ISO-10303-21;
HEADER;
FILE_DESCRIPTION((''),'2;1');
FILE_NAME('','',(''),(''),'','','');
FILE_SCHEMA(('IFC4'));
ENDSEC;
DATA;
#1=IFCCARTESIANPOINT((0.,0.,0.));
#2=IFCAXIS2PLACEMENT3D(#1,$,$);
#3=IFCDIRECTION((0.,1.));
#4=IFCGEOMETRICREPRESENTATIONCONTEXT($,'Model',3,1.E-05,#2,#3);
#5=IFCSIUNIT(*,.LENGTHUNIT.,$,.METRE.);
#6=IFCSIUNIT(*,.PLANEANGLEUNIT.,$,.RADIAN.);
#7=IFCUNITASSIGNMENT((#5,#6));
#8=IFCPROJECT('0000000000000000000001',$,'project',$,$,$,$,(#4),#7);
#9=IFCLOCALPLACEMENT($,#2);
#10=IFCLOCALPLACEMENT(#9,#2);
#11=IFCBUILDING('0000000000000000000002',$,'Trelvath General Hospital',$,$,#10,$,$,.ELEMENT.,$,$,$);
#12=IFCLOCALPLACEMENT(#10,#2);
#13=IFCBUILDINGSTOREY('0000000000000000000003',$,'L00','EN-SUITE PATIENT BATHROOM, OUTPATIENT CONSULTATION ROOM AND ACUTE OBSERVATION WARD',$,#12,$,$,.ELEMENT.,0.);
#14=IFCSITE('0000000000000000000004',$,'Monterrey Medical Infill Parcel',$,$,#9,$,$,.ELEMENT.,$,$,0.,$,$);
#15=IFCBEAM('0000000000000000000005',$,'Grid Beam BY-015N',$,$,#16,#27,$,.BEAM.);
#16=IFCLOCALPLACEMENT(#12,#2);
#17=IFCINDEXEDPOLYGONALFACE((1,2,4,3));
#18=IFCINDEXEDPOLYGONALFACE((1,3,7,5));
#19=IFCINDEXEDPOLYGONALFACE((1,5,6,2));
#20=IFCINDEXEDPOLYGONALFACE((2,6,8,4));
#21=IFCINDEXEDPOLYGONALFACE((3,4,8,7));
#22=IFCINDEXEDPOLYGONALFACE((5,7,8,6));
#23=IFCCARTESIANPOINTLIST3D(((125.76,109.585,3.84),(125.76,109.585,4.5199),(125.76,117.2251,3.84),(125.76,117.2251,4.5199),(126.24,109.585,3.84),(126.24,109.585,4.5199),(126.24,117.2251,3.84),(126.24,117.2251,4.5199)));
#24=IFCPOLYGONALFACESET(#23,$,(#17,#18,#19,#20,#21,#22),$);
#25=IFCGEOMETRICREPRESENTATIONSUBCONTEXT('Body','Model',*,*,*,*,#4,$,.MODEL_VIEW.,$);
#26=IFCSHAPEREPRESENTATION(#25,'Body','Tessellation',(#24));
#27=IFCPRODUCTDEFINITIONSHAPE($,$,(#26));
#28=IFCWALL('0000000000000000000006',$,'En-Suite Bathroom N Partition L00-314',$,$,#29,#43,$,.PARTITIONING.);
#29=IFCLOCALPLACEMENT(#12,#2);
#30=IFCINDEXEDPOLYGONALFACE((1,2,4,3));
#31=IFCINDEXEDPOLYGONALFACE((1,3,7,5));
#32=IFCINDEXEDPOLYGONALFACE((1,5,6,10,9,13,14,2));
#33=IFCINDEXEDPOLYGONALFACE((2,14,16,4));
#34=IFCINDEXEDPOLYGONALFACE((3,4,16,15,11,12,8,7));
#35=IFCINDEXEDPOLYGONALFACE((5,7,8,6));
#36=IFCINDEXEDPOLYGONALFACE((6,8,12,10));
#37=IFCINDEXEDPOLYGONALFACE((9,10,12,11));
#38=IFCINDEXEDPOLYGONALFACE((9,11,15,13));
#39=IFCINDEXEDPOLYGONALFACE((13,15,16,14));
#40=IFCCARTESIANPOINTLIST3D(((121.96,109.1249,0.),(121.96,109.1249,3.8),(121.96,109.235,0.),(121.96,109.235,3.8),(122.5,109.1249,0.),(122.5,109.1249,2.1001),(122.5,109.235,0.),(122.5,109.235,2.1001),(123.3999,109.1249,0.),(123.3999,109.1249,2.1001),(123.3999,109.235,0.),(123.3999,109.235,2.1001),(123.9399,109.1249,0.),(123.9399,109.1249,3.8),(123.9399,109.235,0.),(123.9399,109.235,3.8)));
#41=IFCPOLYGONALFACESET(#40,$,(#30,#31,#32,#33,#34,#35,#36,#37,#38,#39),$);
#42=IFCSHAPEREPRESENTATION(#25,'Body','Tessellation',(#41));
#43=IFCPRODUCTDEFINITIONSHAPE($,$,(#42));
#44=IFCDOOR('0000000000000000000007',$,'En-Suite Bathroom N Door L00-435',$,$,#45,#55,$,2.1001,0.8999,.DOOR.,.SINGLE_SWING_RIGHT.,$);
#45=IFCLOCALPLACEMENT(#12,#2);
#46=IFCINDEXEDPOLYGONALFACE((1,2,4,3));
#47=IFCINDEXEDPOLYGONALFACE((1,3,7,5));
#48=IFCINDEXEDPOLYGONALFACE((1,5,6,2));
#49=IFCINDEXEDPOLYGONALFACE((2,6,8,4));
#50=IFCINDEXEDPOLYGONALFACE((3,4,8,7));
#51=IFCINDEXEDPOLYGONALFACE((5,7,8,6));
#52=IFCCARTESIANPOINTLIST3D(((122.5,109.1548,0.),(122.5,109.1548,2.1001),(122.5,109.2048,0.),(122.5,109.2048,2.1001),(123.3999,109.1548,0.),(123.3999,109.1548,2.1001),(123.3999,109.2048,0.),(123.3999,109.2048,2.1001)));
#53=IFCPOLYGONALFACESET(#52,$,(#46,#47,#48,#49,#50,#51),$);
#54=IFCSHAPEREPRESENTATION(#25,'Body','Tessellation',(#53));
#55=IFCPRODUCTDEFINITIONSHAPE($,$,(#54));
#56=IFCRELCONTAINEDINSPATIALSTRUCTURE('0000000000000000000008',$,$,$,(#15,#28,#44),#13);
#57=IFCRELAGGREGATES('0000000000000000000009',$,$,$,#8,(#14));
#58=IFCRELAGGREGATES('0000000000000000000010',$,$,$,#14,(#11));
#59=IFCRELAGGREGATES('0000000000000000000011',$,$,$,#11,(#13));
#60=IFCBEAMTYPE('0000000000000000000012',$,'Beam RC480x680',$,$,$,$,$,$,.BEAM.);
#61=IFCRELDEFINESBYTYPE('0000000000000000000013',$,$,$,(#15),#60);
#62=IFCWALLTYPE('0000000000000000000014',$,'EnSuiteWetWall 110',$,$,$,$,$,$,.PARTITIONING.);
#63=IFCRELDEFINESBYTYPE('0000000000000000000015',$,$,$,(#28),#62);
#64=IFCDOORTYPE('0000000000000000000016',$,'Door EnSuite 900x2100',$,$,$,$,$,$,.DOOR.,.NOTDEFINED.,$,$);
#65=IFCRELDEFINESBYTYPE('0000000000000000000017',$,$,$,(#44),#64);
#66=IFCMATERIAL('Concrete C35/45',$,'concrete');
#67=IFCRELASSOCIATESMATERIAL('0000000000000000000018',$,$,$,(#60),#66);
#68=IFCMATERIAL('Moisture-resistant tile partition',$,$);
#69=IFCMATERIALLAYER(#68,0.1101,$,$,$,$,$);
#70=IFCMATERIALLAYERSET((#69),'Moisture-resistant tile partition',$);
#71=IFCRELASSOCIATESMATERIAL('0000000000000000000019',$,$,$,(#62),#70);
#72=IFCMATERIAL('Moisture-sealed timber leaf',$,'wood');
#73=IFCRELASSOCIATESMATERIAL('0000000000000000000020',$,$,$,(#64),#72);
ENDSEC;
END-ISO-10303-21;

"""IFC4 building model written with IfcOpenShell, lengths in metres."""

from ifc_helpers import new_model, si_unit, direction, frame, frame_2d, origin, origin_2d, place, context, subcontext, project, spatial, rectangle, extrude, material, layer, layer_set, material_profile, profile_set, type_object, element, fill, save


model = new_model("IFC4")

# Units and contexts
model_context = context("Model", 3, precision=1e-05, world=origin(), true_north=direction((0.0, 1.0)))
body_context = subcontext(model_context, "Body", "Model", "MODEL_VIEW")
ifc_project = project(units=[si_unit("LENGTHUNIT", "METRE"), si_unit("PLANEANGLEUNIT", "RADIAN")], contexts=[model_context])

# Site, building, storey
site_placement = place(None, origin())
site = spatial("IfcSite", under=ifc_project, at=site_placement, Name="Monterrey Medical Infill Parcel", CompositionType="ELEMENT", RefElevation=0.0)
building_placement = place(site_placement, origin())
building = spatial("IfcBuilding", under=site, at=building_placement, Name="Trelvath General Hospital", CompositionType="ELEMENT")
storey_placement = place(building_placement, origin())
storey = spatial("IfcBuildingStorey", under=building, at=storey_placement, Name="L00", Description="EN-SUITE PATIENT BATHROOM, OUTPATIENT CONSULTATION ROOM AND ACUTE OBSERVATION WARD", CompositionType="ELEMENT", Elevation=0.0)

# Beam
ifc_material_1 = material(Name="Concrete C35/45", Category="concrete")
ifc_material_profile_1 = material_profile(ifc_material_1, rectangle(XDim=0.48, YDim=0.6799, at=origin_2d()), Name="RCB480x680")
ifc_profile_set_1 = profile_set([ifc_material_profile_1], Name="Concrete C35/45")
beam_type_1 = type_object("IfcBeamType", Name="Beam RC480x680", PredefinedType="BEAM", material=ifc_profile_set_1)
beam_1_placement = place(storey_placement, frame((126.0, 109.585, 4.1799), z_axis=(0.0, 1.0, 0.0), x_axis=(-1.0, 0.0, 0.0)))
element("IfcBeam", 1, at=beam_1_placement, inside=storey, type_object=beam_type_1, Name="Grid Beam BY-015N", PredefinedType="BEAM", context=body_context, shape_type="SweptSolid", body=[
    extrude(rectangle(XDim=0.48, YDim=0.6799, at=origin_2d()), origin(), (0.0, 0.0, 1.0), 7.6401),
])

# Wall, opening, door
ifc_material_2 = material(Name="Moisture-resistant tile partition")
ifc_layer_1 = layer(ifc_material_2, 0.1101)
ifc_layer_set_1 = layer_set([ifc_layer_1], Name="Moisture-resistant tile partition")
wall_type_1 = type_object("IfcWallType", Name="EnSuiteWetWall 110", PredefinedType="PARTITIONING", material=ifc_layer_set_1)
wall_1_placement = place(storey_placement, frame((121.96, 109.1799, 0.0), z_axis=(0.0, 0.0, 1.0), x_axis=(1.0, 0.0, 0.0)))
wall_1 = element("IfcWall", 2, at=wall_1_placement, inside=storey, type_object=wall_type_1, Name="En-Suite Bathroom N Partition L00-314", PredefinedType="PARTITIONING", context=body_context, shape_type="SweptSolid", body=[
    extrude(rectangle(XDim=1.98, YDim=0.1101, at=frame_2d((0.99, 0.0))), origin(), (0.0, 0.0, 1.0), 3.8),
])
opening_1_placement = place(wall_1_placement, frame((0.54, 0.0, 0.0)))
opening_1 = element("IfcOpeningElement", 3, at=opening_1_placement, cuts=wall_1, PredefinedType="OPENING", context=body_context, shape_type="SweptSolid", body=[
    extrude(rectangle(XDim=0.8999, YDim=2.1001, at=frame_2d((0.45, 1.05))), frame((0.0, 0.0649, 0.0), z_axis=(0.0, -1.0, 0.0), x_axis=(1.0, 0.0, 0.0)), (0.0, 0.0, 1.0), 0.1301),
])
ifc_material_3 = material(Name="Moisture-sealed timber leaf", Category="wood")
door_type_1 = type_object("IfcDoorType", Name="Door EnSuite 900x2100", OperationType="NOTDEFINED", PredefinedType="DOOR", material=ifc_material_3)
door_1_placement = place(opening_1_placement, origin())
door_1 = element("IfcDoor", 4, at=door_1_placement, inside=storey, type_object=door_type_1, Name="En-Suite Bathroom N Door L00-435", OperationType="SINGLE_SWING_RIGHT", OverallHeight=2.1001, OverallWidth=0.8999, PredefinedType="DOOR", context=body_context, shape_type="SweptSolid", body=[
    extrude(rectangle(XDim=0.8999, YDim=2.1001, at=frame_2d((0.45, 1.05))), frame((0.0, 0.0249, 0.0), z_axis=(0.0, -1.0, 0.0), x_axis=(1.0, 0.0, 0.0)), (0.0, 0.0, 1.0), 0.05),
])
fill(opening_1, door_1)

save(model, "model.ifc")
